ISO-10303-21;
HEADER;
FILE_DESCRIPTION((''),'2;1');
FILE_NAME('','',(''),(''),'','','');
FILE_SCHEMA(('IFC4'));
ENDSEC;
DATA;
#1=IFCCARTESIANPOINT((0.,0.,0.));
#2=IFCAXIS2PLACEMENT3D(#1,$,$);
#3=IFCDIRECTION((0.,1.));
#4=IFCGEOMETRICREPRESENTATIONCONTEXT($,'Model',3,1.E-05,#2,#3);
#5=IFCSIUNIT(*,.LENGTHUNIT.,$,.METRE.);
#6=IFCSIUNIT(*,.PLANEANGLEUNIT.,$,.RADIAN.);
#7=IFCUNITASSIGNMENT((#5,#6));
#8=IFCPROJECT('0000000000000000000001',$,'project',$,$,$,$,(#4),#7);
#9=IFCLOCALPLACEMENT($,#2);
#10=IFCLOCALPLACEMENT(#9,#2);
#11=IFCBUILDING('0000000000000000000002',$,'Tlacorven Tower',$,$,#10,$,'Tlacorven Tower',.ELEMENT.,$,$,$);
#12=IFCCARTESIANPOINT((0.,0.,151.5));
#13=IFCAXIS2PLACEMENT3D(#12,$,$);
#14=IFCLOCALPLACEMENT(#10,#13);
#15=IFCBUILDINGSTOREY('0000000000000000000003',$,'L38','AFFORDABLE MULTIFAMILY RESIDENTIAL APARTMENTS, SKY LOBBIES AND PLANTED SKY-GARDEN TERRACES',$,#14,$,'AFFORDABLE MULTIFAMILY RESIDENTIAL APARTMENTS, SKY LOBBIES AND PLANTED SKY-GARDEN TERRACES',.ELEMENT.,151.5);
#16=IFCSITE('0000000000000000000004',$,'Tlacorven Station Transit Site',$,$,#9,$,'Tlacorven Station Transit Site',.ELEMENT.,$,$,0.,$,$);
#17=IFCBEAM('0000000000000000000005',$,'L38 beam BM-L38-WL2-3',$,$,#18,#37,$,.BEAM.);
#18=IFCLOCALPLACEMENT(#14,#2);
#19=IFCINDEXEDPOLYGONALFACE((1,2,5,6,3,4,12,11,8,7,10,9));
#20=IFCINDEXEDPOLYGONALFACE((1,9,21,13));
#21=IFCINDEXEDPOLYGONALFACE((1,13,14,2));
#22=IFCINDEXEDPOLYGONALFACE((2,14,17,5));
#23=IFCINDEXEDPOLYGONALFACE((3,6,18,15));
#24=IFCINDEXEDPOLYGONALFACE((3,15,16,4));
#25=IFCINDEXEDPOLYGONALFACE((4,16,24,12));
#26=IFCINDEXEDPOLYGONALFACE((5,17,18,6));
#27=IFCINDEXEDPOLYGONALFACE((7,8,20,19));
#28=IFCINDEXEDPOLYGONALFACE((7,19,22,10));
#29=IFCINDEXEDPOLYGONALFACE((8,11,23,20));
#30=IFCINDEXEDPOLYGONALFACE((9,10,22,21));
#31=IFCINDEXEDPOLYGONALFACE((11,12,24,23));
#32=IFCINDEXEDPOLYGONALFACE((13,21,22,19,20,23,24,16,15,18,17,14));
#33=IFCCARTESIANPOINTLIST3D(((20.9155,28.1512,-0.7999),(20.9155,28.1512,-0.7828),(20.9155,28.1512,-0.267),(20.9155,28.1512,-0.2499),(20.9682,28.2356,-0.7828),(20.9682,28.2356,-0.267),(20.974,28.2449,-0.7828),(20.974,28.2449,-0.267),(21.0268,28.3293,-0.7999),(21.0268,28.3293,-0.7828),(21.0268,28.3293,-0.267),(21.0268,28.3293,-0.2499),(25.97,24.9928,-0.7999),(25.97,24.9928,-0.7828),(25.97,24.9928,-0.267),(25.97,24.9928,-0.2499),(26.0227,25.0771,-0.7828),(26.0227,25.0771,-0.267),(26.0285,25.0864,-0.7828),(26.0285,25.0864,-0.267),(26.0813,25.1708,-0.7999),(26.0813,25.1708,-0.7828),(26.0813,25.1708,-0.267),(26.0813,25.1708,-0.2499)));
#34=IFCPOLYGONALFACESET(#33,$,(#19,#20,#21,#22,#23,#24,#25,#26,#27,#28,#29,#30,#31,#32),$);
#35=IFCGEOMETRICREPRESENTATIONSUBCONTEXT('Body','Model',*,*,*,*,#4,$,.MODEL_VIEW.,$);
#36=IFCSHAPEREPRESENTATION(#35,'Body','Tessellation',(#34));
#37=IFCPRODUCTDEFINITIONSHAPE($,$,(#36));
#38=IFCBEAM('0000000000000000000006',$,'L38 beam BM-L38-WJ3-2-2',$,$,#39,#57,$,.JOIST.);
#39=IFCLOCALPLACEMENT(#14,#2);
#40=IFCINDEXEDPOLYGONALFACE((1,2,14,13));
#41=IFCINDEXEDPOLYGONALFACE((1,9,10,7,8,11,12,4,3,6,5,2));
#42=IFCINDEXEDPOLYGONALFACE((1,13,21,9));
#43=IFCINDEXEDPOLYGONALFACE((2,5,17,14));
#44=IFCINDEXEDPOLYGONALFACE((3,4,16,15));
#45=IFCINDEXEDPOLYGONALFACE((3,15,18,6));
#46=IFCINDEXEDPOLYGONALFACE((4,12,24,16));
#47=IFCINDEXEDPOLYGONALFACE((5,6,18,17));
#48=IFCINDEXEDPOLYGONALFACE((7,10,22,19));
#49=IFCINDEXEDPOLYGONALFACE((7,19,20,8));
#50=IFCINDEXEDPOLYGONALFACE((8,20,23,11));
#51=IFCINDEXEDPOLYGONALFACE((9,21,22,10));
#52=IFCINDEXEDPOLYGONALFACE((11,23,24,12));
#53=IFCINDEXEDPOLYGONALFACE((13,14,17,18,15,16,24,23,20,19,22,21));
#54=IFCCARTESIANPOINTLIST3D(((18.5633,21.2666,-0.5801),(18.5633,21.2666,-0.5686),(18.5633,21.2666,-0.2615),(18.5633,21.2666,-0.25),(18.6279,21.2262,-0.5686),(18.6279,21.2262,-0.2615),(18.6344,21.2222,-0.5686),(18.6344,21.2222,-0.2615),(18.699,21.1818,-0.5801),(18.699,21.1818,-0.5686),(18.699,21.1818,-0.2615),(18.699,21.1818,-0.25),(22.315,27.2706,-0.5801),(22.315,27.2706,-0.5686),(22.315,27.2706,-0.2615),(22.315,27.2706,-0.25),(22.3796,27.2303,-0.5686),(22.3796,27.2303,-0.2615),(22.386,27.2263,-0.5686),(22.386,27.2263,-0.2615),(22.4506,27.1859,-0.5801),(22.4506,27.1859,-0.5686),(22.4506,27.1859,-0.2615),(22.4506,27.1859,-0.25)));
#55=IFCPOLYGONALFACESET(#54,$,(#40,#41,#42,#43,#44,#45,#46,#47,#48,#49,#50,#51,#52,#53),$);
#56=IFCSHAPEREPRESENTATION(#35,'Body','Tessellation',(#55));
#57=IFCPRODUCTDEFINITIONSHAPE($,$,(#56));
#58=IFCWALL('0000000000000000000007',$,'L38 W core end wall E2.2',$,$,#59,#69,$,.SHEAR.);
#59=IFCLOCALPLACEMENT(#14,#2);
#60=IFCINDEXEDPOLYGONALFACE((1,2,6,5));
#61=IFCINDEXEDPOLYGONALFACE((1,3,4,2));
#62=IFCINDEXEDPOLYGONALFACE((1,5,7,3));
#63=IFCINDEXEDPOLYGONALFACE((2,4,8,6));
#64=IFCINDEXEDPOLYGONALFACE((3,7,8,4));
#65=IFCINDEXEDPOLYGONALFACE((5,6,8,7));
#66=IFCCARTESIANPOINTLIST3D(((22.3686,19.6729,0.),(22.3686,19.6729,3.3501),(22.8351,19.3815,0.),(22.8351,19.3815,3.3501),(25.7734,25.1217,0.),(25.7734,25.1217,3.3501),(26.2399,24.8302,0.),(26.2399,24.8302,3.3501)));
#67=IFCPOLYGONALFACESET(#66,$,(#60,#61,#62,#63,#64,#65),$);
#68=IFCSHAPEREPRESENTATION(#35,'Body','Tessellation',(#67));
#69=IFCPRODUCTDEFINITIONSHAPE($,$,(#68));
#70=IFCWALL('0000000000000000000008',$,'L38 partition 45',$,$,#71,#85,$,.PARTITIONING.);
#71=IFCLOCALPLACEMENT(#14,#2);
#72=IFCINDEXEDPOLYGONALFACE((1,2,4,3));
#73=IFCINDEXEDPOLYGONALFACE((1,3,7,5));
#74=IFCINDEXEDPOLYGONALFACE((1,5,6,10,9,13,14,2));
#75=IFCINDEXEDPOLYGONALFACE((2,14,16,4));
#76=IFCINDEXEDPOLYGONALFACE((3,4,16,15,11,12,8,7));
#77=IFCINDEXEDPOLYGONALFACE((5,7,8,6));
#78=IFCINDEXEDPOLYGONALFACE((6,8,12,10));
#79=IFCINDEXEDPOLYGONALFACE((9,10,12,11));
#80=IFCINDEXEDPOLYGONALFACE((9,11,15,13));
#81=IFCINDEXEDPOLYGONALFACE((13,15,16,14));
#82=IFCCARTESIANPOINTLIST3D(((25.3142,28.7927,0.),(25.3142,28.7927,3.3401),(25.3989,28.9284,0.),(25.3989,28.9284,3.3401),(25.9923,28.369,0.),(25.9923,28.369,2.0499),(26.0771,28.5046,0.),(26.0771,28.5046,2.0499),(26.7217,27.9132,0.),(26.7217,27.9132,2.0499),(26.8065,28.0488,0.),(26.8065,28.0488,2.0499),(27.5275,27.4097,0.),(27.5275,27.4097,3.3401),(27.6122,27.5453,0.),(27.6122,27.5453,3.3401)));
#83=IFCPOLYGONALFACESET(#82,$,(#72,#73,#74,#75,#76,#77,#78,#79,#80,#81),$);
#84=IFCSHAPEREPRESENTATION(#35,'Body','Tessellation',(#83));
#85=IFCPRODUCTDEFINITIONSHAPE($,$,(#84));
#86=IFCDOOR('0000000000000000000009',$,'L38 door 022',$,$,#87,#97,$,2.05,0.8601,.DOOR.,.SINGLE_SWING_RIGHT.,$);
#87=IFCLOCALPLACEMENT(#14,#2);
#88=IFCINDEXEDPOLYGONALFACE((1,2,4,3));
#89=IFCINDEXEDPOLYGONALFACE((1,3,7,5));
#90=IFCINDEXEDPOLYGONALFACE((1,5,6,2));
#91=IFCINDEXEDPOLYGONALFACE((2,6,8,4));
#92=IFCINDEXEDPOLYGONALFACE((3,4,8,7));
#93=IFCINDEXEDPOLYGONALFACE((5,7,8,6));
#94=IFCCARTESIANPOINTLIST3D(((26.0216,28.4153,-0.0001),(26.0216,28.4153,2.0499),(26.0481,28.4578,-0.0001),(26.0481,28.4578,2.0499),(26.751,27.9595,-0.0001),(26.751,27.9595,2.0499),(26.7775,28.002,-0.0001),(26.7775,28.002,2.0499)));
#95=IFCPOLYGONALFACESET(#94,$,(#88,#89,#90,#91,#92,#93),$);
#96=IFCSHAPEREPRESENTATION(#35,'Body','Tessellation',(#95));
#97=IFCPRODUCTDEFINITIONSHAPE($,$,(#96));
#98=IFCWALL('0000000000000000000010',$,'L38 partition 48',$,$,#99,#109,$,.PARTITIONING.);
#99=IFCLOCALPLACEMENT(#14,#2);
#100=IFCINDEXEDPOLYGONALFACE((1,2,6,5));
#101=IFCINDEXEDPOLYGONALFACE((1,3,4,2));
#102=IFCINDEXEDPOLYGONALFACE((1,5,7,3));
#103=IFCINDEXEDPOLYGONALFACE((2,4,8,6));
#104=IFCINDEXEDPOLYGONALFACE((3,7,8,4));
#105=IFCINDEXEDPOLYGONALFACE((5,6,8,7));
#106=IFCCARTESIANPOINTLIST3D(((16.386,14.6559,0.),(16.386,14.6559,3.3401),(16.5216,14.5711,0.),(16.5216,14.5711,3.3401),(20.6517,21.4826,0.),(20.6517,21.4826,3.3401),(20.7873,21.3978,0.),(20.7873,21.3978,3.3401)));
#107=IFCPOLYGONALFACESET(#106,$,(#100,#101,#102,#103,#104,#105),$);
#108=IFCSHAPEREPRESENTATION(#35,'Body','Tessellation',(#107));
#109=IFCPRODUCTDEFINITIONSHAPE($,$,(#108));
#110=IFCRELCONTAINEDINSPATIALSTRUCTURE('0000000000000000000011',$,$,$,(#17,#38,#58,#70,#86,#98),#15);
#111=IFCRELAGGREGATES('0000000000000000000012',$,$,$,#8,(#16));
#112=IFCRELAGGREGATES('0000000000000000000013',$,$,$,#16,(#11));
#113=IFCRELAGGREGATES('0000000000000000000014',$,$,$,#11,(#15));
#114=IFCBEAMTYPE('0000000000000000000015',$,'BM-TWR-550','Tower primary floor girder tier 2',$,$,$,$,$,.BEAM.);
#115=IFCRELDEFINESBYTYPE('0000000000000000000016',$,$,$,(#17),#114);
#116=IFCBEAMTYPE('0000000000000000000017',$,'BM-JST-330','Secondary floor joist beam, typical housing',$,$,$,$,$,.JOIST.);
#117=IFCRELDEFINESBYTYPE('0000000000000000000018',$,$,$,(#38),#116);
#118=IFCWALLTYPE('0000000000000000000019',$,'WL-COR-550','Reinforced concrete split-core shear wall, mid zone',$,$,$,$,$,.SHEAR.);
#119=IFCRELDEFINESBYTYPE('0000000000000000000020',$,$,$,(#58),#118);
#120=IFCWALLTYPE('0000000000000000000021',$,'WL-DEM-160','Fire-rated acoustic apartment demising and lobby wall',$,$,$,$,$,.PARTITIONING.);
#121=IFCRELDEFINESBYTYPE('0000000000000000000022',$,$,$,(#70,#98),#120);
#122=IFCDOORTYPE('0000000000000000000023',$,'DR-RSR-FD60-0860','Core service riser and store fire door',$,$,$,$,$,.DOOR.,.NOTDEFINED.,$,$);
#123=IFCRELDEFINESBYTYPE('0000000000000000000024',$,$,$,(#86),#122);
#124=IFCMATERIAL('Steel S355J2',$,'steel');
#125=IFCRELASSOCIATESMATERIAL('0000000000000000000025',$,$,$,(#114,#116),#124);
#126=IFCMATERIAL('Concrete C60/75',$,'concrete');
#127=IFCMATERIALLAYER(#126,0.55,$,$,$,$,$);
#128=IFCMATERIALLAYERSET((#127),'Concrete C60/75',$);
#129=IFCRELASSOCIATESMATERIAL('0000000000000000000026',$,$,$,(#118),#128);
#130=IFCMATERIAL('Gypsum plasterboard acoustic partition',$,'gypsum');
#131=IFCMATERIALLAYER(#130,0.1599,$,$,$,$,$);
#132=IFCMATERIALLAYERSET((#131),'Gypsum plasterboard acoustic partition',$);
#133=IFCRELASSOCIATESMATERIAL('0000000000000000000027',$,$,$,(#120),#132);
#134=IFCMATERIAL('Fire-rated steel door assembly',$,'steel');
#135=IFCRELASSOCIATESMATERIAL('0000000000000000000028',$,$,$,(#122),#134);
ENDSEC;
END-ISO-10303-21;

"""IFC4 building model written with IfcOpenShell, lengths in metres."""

from ifc_helpers import new_model, si_unit, direction, frame, frame_2d, origin, origin_2d, place, context, subcontext, project, spatial, rectangle, i_section, extrude, source, transform, mapped, material, layer, layer_set, material_profile, profile_set, type_object, element, fill, save


model = new_model("IFC4")

# Units and contexts
model_context = context("Model", 3, precision=1e-05, world=origin(), true_north=direction((0.0, 1.0)))
body_context = subcontext(model_context, "Body", "Model", "MODEL_VIEW")
ifc_project = project(units=[si_unit("LENGTHUNIT", "METRE"), si_unit("PLANEANGLEUNIT", "RADIAN")], contexts=[model_context])

# Site, building, storey
site_placement = place(None, origin())
site = spatial("IfcSite", under=ifc_project, at=site_placement, Name="Tlacorven Station Transit Site", LongName="Tlacorven Station Transit Site", CompositionType="ELEMENT", RefElevation=0.0)
building_placement = place(site_placement, origin())
building = spatial("IfcBuilding", under=site, at=building_placement, Name="Tlacorven Tower", LongName="Tlacorven Tower", CompositionType="ELEMENT")
storey_placement = place(building_placement, frame((0.0, 0.0, 151.5)))
storey = spatial("IfcBuildingStorey", under=building, at=storey_placement, Name="L38", Description="AFFORDABLE MULTIFAMILY RESIDENTIAL APARTMENTS, SKY LOBBIES AND PLANTED SKY-GARDEN TERRACES", LongName="AFFORDABLE MULTIFAMILY RESIDENTIAL APARTMENTS, SKY LOBBIES AND PLANTED SKY-GARDEN TERRACES", CompositionType="ELEMENT", Elevation=151.5)

# Beams
ifc_material_1 = material(Name="Steel S355J2", Category="steel")
ifc_material_profile_1 = material_profile(ifc_material_1, i_section(OverallWidth=0.21, OverallDepth=0.55, WebThickness=0.011, FlangeThickness=0.0171, at=origin_2d()), Name="IPE 550")
ifc_profile_set_1 = profile_set([ifc_material_profile_1], Name="Steel S355J2")
beam_type_1 = type_object("IfcBeamType", Name="BM-TWR-550", Description="Tower primary floor girder tier 2", PredefinedType="BEAM", material=ifc_profile_set_1)
shared_shape_1 = source(origin(), body_context, "Body", "SweptSolid", [
    extrude(i_section(OverallWidth=0.21, OverallDepth=0.55, WebThickness=0.011, FlangeThickness=0.0171, at=origin_2d()), origin(), (0.0, 0.0, 1.0), 5.9602),
])
beam_1_placement = place(storey_placement, frame((26.0256, 25.0818, -0.5249), z_axis=(-0.848042, 0.529929, 0.0), x_axis=(-0.529929, -0.848042, 0.0)))
element("IfcBeam", 1, at=beam_1_placement, inside=storey, type_object=beam_type_1, Name="L38 beam BM-L38-WL2-3", PredefinedType="BEAM", context=body_context, shape_type="MappedRepresentation", body=[
    mapped(shared_shape_1, transform((0.0, 0.0, 0.0), scale=1.0)),
])
ifc_material_profile_2 = material_profile(ifc_material_1, i_section(OverallWidth=0.1599, OverallDepth=0.3301, WebThickness=0.0076, FlangeThickness=0.0115, at=origin_2d()), Name="IPE 330")
ifc_profile_set_2 = profile_set([ifc_material_profile_2], Name="Steel S355J2")
beam_type_2 = type_object("IfcBeamType", Name="BM-JST-330", Description="Secondary floor joist beam, typical housing", PredefinedType="JOIST", material=ifc_profile_set_2)
shared_shape_2 = source(origin(), body_context, "Body", "SweptSolid", [
    extrude(i_section(OverallWidth=0.1599, OverallDepth=0.3301, WebThickness=0.0076, FlangeThickness=0.0115, at=origin_2d()), origin(), (0.0, 0.0, 1.0), 7.0798),
])
beam_2_placement = place(storey_placement, frame((22.3828, 27.2283, -0.415), z_axis=(-0.529909, -0.848054, 0.0), x_axis=(0.848054, -0.529909, 0.0)))
element("IfcBeam", 2, at=beam_2_placement, inside=storey, type_object=beam_type_2, Name="L38 beam BM-L38-WJ3-2-2", PredefinedType="JOIST", context=body_context, shape_type="MappedRepresentation", body=[
    mapped(shared_shape_2, transform((0.0, 0.0, 0.0), scale=1.0)),
])

# Wall
ifc_material_2 = material(Name="Concrete C60/75", Category="concrete")
ifc_layer_1 = layer(ifc_material_2, 0.55)
ifc_layer_set_1 = layer_set([ifc_layer_1], Name="Concrete C60/75")
wall_type_1 = type_object("IfcWallType", Name="WL-COR-550", Description="Reinforced concrete split-core shear wall, mid zone", PredefinedType="SHEAR", material=ifc_layer_set_1)
wall_1_placement = place(storey_placement, frame((26.0066, 24.9758, 0.0), z_axis=(0.0, 0.0, 1.0), x_axis=(-0.529924, -0.848045, 0.0)))
element("IfcWall", 3, at=wall_1_placement, inside=storey, type_object=wall_type_1, Name="L38 W core end wall E2.2", PredefinedType="SHEAR", context=body_context, shape_type="SweptSolid", body=[
    extrude(rectangle(XDim=6.425, YDim=0.55, at=frame_2d((3.2124, 0.0))), origin(), (0.0, 0.0, 1.0), 3.3501),
])

# Wall, opening, door
ifc_material_3 = material(Name="Gypsum plasterboard acoustic partition", Category="gypsum")
ifc_layer_2 = layer(ifc_material_3, 0.1599)
ifc_layer_set_2 = layer_set([ifc_layer_2], Name="Gypsum plasterboard acoustic partition")
wall_type_2 = type_object("IfcWallType", Name="WL-DEM-160", Description="Fire-rated acoustic apartment demising and lobby wall", PredefinedType="PARTITIONING", material=ifc_layer_set_2)
wall_2_placement = place(storey_placement, frame((27.5698, 27.4775, 0.0), z_axis=(0.0, 0.0, 1.0), x_axis=(-0.848051, 0.529915, 0.0)))
wall_2 = element("IfcWall", 4, at=wall_2_placement, inside=storey, type_object=wall_type_2, Name="L38 partition 45", PredefinedType="PARTITIONING", context=body_context, shape_type="SweptSolid", body=[
    extrude(rectangle(XDim=2.6099, YDim=0.1599, at=frame_2d((1.3049, 0.0))), origin(), (0.0, 0.0, 1.0), 3.3401),
])
opening_1_placement = place(wall_2_placement, frame((0.95, 0.0, 0.0)))
opening_1 = element("IfcOpeningElement", 5, at=opening_1_placement, cuts=wall_2, PredefinedType="OPENING", context=body_context, shape_type="SweptSolid", body=[
    extrude(rectangle(XDim=0.8601, YDim=2.05, at=frame_2d((0.4302, 1.0249))), frame((0.0, 0.0898, 0.0), z_axis=(0.0, -1.0, 0.0), x_axis=(1.0, 0.0, 0.0)), (0.0, 0.0, 1.0), 0.1799),
])
ifc_material_4 = material(Name="Fire-rated steel door assembly", Category="steel")
door_type_1 = type_object("IfcDoorType", Name="DR-RSR-FD60-0860", Description="Core service riser and store fire door", OperationType="NOTDEFINED", PredefinedType="DOOR", material=ifc_material_4)
shared_shape_3 = source(origin(), body_context, "Body", "SweptSolid", [
    extrude(rectangle(XDim=0.8601, YDim=2.05, at=frame_2d((0.4302, 1.0249))), frame((0.0, 0.0249, 0.0), z_axis=(0.0, -1.0, 0.0), x_axis=(1.0, 0.0, 0.0)), (0.0, 0.0, 1.0), 0.05),
])
door_1_placement = place(opening_1_placement, frame((0.8601, 0.0, 0.0), z_axis=(0.0, 0.0, 1.0), x_axis=(-1.0, 0.0, 0.0)))
door_1 = element("IfcDoor", 6, at=door_1_placement, inside=storey, type_object=door_type_1, Name="L38 door 022", OperationType="SINGLE_SWING_RIGHT", OverallHeight=2.05, OverallWidth=0.8601, PredefinedType="DOOR", context=body_context, shape_type="MappedRepresentation", body=[
    mapped(shared_shape_3, transform((0.0, 0.0, 0.0), scale=1.0)),
])
fill(opening_1, door_1)

# Wall
wall_3_placement = place(storey_placement, frame((20.7195, 21.4402, 0.0), z_axis=(0.0, 0.0, 1.0), x_axis=(-0.529906, -0.848056, 0.0)))
element("IfcWall", 7, at=wall_3_placement, inside=storey, type_object=wall_type_2, Name="L38 partition 48", PredefinedType="PARTITIONING", context=body_context, shape_type="SweptSolid", body=[
    extrude(rectangle(XDim=8.0498, YDim=0.1599, at=frame_2d((4.0249, 0.0))), origin(), (0.0, 0.0, 1.0), 3.3401),
])

save(model, "model.ifc")
